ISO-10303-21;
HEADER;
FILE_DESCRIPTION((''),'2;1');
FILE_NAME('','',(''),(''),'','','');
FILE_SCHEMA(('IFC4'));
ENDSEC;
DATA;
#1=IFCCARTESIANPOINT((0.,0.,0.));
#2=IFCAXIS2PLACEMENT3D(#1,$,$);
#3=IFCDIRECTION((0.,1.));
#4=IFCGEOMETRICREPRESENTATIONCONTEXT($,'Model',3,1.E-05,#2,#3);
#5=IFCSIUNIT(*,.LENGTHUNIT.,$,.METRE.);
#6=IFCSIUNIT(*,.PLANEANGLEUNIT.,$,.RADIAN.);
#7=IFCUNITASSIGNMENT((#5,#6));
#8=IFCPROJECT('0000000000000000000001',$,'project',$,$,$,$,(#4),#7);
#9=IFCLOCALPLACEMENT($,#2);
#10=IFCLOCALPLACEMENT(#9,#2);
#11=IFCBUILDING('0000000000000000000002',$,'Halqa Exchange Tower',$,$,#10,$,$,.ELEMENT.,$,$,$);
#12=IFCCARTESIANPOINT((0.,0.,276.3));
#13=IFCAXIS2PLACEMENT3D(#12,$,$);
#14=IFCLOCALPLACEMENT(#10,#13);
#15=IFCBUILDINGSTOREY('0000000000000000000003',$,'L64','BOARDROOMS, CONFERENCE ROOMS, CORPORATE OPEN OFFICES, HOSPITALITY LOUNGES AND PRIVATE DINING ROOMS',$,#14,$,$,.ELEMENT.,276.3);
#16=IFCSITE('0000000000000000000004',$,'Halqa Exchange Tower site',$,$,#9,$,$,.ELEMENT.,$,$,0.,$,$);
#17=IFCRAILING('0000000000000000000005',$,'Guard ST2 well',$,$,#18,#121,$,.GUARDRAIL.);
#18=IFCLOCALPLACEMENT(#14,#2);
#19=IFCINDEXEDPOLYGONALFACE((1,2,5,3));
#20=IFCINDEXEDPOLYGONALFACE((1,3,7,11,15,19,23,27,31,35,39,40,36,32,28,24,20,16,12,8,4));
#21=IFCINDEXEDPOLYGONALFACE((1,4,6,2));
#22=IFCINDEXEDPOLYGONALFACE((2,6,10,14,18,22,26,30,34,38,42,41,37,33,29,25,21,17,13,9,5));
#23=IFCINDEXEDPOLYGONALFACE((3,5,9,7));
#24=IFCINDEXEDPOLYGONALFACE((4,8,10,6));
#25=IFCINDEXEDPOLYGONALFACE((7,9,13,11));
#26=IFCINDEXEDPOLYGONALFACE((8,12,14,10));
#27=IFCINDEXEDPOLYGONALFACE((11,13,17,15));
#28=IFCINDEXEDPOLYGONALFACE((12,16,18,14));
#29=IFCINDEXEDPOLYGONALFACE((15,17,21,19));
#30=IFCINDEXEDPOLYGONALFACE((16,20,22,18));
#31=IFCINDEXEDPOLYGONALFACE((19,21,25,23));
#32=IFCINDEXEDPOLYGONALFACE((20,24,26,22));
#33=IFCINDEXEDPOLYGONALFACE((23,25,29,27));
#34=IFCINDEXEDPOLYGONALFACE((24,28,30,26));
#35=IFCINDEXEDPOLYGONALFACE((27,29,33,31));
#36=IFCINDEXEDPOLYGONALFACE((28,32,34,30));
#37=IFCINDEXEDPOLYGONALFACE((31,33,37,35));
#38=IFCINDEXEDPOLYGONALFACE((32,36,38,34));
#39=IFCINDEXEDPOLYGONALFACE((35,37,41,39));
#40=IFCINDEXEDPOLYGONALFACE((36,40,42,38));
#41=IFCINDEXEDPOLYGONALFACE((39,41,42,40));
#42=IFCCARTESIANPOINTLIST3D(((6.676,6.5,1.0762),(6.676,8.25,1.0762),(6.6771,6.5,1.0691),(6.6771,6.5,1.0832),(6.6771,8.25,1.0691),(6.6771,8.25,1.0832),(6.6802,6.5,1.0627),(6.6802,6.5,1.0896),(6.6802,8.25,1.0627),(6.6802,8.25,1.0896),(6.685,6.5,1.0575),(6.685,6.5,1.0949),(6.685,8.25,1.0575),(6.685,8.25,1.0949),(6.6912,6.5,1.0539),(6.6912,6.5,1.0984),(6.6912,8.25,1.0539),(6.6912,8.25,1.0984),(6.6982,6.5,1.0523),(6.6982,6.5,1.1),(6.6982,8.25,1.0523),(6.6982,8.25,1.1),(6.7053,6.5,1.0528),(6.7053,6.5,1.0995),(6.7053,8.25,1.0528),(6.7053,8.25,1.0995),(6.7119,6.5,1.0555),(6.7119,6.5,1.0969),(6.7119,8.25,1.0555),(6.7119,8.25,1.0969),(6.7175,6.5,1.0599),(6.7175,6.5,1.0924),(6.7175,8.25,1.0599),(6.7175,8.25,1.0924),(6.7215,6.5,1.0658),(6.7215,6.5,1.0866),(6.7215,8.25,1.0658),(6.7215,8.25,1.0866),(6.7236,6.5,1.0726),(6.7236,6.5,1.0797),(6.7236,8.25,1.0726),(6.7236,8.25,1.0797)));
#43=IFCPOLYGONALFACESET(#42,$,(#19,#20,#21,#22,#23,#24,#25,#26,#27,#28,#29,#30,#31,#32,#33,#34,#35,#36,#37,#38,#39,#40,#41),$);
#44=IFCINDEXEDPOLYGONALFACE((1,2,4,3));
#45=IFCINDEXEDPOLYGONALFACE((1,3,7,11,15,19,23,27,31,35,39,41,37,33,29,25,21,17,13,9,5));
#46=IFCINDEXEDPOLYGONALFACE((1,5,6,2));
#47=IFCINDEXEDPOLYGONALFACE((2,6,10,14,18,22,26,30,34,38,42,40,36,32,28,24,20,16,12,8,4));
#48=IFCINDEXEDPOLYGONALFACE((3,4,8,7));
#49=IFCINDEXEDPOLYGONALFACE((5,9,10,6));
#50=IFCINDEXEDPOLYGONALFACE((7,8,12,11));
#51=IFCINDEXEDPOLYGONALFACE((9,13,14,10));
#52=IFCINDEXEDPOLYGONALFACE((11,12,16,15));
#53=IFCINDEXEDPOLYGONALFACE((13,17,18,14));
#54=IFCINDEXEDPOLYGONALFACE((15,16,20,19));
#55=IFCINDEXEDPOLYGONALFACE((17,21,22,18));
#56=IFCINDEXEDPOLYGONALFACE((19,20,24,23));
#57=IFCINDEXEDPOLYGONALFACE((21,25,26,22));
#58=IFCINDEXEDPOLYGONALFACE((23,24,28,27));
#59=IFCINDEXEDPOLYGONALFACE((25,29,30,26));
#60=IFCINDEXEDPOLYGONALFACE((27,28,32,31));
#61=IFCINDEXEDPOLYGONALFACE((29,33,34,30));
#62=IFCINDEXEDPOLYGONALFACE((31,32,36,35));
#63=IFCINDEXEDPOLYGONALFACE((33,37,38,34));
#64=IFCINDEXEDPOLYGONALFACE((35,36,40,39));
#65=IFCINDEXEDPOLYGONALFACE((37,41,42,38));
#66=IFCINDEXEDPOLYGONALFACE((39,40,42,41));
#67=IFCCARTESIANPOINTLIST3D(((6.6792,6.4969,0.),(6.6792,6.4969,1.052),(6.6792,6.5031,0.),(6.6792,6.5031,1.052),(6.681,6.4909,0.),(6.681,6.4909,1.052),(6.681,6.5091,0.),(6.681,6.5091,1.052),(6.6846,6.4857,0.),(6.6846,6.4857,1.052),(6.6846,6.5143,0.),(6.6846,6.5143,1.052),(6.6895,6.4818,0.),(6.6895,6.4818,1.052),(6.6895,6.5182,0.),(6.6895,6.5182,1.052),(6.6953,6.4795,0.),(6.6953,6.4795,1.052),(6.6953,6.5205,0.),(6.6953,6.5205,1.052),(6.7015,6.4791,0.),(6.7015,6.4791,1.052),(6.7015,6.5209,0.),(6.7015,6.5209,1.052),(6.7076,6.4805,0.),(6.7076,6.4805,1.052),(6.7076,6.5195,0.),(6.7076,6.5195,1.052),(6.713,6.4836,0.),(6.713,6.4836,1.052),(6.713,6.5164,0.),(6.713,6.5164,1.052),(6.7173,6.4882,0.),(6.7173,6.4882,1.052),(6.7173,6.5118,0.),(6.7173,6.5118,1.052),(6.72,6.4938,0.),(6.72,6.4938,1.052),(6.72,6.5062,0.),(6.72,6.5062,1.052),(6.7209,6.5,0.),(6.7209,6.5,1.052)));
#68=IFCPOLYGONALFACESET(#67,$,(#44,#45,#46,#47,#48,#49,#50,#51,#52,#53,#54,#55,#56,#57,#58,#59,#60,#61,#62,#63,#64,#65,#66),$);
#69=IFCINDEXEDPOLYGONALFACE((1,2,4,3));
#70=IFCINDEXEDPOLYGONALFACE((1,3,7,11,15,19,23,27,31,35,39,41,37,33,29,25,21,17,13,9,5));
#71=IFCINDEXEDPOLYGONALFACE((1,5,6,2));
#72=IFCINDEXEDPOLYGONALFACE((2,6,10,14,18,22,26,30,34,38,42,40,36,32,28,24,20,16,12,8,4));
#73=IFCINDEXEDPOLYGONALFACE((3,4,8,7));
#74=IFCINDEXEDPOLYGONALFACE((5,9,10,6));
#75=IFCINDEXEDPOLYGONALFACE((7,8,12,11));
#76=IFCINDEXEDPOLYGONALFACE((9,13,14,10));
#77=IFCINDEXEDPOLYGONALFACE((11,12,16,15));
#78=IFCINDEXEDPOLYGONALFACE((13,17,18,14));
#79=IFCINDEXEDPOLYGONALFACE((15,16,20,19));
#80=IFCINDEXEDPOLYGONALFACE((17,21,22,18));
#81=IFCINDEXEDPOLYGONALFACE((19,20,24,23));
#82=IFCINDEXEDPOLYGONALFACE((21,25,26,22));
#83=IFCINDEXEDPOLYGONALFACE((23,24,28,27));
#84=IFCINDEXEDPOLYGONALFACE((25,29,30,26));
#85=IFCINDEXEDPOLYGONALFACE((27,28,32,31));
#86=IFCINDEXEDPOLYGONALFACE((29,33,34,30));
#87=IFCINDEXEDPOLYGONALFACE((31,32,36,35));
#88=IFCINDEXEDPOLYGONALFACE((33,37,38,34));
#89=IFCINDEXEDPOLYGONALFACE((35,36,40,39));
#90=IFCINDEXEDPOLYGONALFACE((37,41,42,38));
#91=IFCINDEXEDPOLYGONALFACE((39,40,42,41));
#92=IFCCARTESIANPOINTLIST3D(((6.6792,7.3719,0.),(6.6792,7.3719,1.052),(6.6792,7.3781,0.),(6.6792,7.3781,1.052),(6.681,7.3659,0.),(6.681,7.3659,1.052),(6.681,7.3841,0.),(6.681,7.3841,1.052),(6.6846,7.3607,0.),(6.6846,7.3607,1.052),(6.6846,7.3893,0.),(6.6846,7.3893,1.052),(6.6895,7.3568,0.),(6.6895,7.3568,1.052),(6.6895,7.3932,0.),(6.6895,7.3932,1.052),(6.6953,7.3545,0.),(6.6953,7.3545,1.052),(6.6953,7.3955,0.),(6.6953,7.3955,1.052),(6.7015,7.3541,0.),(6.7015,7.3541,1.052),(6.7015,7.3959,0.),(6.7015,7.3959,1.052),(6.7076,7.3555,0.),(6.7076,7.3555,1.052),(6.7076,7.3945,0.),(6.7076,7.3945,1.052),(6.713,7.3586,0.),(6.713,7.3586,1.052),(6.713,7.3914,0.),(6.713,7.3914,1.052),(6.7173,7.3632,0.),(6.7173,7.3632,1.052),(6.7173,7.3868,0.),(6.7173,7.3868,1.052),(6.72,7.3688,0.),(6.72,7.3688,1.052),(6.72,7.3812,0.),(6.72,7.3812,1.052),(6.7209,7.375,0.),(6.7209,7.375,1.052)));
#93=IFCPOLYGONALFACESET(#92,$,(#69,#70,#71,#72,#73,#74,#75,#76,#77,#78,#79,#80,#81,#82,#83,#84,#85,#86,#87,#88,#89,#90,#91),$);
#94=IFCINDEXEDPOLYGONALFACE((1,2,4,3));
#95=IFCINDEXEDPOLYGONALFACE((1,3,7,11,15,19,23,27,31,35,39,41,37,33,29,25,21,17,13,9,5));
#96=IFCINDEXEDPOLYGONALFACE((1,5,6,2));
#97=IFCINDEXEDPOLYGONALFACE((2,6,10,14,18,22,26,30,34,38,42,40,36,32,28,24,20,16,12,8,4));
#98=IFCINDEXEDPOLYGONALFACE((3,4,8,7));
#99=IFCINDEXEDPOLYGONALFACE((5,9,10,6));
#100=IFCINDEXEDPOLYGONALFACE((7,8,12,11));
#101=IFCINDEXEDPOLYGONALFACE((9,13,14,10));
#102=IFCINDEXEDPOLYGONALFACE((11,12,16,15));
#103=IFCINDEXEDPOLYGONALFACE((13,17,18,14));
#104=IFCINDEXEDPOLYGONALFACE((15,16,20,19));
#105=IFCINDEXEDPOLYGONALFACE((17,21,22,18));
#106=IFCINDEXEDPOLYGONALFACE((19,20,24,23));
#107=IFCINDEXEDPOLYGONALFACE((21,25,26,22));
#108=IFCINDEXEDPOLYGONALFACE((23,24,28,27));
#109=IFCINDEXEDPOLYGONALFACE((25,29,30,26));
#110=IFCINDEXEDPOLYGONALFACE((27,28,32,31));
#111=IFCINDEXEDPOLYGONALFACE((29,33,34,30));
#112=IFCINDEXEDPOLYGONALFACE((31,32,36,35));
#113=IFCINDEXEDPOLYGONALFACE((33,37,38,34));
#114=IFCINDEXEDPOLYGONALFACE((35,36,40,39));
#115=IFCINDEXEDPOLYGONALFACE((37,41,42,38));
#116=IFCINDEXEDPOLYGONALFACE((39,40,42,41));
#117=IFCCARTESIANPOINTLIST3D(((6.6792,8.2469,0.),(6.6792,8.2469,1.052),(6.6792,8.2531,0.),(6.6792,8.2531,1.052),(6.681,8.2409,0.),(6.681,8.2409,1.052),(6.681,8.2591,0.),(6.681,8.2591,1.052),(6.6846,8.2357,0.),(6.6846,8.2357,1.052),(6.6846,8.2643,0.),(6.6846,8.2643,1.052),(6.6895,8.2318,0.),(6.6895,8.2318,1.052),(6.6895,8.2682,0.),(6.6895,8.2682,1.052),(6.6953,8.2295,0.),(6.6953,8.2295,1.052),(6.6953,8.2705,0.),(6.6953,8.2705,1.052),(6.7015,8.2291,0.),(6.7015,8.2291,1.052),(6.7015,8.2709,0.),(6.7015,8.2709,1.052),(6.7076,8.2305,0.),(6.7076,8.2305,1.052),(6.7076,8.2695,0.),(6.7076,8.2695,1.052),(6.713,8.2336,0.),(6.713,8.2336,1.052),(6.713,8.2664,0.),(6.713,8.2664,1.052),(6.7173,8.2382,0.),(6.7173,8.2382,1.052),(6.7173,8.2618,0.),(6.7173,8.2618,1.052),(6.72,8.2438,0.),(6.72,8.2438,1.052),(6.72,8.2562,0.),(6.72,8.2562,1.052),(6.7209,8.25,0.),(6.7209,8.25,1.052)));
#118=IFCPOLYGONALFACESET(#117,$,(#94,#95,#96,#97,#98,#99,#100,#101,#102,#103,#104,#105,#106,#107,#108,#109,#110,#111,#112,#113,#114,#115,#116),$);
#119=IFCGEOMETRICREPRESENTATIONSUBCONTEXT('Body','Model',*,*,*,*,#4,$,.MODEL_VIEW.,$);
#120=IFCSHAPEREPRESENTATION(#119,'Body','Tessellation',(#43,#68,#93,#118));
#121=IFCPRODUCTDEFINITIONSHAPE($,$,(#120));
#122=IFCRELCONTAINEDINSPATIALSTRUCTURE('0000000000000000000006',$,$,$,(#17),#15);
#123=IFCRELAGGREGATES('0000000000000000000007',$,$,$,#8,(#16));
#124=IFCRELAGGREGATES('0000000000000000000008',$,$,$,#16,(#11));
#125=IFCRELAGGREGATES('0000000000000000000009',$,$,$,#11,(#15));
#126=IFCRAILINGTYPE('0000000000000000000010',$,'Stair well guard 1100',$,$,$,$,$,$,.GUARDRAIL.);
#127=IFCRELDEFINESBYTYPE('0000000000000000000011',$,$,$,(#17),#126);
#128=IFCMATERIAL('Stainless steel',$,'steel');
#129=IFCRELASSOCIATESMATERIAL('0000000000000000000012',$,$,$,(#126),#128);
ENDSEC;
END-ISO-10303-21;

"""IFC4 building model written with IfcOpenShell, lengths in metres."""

from ifc_helpers import new_model, si_unit, direction, frame, origin, origin_2d, place, context, subcontext, project, spatial, circle, extrude, material, type_object, element, save


model = new_model("IFC4")

# Units and contexts
model_context = context("Model", 3, precision=1e-05, world=origin(), true_north=direction((0.0, 1.0)))
body_context = subcontext(model_context, "Body", "Model", "MODEL_VIEW")
ifc_project = project(units=[si_unit("LENGTHUNIT", "METRE"), si_unit("PLANEANGLEUNIT", "RADIAN")], contexts=[model_context])

# Site, building, storey
site_placement = place(None, origin())
site = spatial("IfcSite", under=ifc_project, at=site_placement, Name="Halqa Exchange Tower site", CompositionType="ELEMENT", RefElevation=0.0)
building_placement = place(site_placement, origin())
building = spatial("IfcBuilding", under=site, at=building_placement, Name="Halqa Exchange Tower", CompositionType="ELEMENT")
storey_placement = place(building_placement, frame((0.0, 0.0, 276.3)))
storey = spatial("IfcBuildingStorey", under=building, at=storey_placement, Name="L64", Description="BOARDROOMS, CONFERENCE ROOMS, CORPORATE OPEN OFFICES, HOSPITALITY LOUNGES AND PRIVATE DINING ROOMS", CompositionType="ELEMENT", Elevation=276.3)

# Railing
ifc_material_1 = material(Name="Stainless steel", Category="steel")
railing_type_1 = type_object("IfcRailingType", Name="Stair well guard 1100", PredefinedType="GUARDRAIL", material=ifc_material_1)
railing_1_placement = place(storey_placement, frame((6.7, 6.5, 0.0)))
element("IfcRailing", 1, at=railing_1_placement, inside=storey, type_object=railing_type_1, Name="Guard ST2 well", PredefinedType="GUARDRAIL", context=body_context, shape_type="SweptSolid", body=[
    extrude(circle(Radius=0.0239, at=origin_2d()), frame((0.0, 0.0, 1.0762), z_axis=(0.0, 1.0, 0.0), x_axis=(-1.0, 0.0, 0.0)), (0.0, 0.0, 1.0), 1.75),
    extrude(circle(Radius=0.021, at=origin_2d()), origin(), (0.0, 0.0, 1.0), 1.052),
    extrude(circle(Radius=0.021, at=origin_2d()), frame((0.0, 0.875, 0.0)), (0.0, 0.0, 1.0), 1.052),
    extrude(circle(Radius=0.021, at=origin_2d()), frame((0.0, 1.75, 0.0)), (0.0, 0.0, 1.0), 1.052),
])

save(model, "model.ifc")
